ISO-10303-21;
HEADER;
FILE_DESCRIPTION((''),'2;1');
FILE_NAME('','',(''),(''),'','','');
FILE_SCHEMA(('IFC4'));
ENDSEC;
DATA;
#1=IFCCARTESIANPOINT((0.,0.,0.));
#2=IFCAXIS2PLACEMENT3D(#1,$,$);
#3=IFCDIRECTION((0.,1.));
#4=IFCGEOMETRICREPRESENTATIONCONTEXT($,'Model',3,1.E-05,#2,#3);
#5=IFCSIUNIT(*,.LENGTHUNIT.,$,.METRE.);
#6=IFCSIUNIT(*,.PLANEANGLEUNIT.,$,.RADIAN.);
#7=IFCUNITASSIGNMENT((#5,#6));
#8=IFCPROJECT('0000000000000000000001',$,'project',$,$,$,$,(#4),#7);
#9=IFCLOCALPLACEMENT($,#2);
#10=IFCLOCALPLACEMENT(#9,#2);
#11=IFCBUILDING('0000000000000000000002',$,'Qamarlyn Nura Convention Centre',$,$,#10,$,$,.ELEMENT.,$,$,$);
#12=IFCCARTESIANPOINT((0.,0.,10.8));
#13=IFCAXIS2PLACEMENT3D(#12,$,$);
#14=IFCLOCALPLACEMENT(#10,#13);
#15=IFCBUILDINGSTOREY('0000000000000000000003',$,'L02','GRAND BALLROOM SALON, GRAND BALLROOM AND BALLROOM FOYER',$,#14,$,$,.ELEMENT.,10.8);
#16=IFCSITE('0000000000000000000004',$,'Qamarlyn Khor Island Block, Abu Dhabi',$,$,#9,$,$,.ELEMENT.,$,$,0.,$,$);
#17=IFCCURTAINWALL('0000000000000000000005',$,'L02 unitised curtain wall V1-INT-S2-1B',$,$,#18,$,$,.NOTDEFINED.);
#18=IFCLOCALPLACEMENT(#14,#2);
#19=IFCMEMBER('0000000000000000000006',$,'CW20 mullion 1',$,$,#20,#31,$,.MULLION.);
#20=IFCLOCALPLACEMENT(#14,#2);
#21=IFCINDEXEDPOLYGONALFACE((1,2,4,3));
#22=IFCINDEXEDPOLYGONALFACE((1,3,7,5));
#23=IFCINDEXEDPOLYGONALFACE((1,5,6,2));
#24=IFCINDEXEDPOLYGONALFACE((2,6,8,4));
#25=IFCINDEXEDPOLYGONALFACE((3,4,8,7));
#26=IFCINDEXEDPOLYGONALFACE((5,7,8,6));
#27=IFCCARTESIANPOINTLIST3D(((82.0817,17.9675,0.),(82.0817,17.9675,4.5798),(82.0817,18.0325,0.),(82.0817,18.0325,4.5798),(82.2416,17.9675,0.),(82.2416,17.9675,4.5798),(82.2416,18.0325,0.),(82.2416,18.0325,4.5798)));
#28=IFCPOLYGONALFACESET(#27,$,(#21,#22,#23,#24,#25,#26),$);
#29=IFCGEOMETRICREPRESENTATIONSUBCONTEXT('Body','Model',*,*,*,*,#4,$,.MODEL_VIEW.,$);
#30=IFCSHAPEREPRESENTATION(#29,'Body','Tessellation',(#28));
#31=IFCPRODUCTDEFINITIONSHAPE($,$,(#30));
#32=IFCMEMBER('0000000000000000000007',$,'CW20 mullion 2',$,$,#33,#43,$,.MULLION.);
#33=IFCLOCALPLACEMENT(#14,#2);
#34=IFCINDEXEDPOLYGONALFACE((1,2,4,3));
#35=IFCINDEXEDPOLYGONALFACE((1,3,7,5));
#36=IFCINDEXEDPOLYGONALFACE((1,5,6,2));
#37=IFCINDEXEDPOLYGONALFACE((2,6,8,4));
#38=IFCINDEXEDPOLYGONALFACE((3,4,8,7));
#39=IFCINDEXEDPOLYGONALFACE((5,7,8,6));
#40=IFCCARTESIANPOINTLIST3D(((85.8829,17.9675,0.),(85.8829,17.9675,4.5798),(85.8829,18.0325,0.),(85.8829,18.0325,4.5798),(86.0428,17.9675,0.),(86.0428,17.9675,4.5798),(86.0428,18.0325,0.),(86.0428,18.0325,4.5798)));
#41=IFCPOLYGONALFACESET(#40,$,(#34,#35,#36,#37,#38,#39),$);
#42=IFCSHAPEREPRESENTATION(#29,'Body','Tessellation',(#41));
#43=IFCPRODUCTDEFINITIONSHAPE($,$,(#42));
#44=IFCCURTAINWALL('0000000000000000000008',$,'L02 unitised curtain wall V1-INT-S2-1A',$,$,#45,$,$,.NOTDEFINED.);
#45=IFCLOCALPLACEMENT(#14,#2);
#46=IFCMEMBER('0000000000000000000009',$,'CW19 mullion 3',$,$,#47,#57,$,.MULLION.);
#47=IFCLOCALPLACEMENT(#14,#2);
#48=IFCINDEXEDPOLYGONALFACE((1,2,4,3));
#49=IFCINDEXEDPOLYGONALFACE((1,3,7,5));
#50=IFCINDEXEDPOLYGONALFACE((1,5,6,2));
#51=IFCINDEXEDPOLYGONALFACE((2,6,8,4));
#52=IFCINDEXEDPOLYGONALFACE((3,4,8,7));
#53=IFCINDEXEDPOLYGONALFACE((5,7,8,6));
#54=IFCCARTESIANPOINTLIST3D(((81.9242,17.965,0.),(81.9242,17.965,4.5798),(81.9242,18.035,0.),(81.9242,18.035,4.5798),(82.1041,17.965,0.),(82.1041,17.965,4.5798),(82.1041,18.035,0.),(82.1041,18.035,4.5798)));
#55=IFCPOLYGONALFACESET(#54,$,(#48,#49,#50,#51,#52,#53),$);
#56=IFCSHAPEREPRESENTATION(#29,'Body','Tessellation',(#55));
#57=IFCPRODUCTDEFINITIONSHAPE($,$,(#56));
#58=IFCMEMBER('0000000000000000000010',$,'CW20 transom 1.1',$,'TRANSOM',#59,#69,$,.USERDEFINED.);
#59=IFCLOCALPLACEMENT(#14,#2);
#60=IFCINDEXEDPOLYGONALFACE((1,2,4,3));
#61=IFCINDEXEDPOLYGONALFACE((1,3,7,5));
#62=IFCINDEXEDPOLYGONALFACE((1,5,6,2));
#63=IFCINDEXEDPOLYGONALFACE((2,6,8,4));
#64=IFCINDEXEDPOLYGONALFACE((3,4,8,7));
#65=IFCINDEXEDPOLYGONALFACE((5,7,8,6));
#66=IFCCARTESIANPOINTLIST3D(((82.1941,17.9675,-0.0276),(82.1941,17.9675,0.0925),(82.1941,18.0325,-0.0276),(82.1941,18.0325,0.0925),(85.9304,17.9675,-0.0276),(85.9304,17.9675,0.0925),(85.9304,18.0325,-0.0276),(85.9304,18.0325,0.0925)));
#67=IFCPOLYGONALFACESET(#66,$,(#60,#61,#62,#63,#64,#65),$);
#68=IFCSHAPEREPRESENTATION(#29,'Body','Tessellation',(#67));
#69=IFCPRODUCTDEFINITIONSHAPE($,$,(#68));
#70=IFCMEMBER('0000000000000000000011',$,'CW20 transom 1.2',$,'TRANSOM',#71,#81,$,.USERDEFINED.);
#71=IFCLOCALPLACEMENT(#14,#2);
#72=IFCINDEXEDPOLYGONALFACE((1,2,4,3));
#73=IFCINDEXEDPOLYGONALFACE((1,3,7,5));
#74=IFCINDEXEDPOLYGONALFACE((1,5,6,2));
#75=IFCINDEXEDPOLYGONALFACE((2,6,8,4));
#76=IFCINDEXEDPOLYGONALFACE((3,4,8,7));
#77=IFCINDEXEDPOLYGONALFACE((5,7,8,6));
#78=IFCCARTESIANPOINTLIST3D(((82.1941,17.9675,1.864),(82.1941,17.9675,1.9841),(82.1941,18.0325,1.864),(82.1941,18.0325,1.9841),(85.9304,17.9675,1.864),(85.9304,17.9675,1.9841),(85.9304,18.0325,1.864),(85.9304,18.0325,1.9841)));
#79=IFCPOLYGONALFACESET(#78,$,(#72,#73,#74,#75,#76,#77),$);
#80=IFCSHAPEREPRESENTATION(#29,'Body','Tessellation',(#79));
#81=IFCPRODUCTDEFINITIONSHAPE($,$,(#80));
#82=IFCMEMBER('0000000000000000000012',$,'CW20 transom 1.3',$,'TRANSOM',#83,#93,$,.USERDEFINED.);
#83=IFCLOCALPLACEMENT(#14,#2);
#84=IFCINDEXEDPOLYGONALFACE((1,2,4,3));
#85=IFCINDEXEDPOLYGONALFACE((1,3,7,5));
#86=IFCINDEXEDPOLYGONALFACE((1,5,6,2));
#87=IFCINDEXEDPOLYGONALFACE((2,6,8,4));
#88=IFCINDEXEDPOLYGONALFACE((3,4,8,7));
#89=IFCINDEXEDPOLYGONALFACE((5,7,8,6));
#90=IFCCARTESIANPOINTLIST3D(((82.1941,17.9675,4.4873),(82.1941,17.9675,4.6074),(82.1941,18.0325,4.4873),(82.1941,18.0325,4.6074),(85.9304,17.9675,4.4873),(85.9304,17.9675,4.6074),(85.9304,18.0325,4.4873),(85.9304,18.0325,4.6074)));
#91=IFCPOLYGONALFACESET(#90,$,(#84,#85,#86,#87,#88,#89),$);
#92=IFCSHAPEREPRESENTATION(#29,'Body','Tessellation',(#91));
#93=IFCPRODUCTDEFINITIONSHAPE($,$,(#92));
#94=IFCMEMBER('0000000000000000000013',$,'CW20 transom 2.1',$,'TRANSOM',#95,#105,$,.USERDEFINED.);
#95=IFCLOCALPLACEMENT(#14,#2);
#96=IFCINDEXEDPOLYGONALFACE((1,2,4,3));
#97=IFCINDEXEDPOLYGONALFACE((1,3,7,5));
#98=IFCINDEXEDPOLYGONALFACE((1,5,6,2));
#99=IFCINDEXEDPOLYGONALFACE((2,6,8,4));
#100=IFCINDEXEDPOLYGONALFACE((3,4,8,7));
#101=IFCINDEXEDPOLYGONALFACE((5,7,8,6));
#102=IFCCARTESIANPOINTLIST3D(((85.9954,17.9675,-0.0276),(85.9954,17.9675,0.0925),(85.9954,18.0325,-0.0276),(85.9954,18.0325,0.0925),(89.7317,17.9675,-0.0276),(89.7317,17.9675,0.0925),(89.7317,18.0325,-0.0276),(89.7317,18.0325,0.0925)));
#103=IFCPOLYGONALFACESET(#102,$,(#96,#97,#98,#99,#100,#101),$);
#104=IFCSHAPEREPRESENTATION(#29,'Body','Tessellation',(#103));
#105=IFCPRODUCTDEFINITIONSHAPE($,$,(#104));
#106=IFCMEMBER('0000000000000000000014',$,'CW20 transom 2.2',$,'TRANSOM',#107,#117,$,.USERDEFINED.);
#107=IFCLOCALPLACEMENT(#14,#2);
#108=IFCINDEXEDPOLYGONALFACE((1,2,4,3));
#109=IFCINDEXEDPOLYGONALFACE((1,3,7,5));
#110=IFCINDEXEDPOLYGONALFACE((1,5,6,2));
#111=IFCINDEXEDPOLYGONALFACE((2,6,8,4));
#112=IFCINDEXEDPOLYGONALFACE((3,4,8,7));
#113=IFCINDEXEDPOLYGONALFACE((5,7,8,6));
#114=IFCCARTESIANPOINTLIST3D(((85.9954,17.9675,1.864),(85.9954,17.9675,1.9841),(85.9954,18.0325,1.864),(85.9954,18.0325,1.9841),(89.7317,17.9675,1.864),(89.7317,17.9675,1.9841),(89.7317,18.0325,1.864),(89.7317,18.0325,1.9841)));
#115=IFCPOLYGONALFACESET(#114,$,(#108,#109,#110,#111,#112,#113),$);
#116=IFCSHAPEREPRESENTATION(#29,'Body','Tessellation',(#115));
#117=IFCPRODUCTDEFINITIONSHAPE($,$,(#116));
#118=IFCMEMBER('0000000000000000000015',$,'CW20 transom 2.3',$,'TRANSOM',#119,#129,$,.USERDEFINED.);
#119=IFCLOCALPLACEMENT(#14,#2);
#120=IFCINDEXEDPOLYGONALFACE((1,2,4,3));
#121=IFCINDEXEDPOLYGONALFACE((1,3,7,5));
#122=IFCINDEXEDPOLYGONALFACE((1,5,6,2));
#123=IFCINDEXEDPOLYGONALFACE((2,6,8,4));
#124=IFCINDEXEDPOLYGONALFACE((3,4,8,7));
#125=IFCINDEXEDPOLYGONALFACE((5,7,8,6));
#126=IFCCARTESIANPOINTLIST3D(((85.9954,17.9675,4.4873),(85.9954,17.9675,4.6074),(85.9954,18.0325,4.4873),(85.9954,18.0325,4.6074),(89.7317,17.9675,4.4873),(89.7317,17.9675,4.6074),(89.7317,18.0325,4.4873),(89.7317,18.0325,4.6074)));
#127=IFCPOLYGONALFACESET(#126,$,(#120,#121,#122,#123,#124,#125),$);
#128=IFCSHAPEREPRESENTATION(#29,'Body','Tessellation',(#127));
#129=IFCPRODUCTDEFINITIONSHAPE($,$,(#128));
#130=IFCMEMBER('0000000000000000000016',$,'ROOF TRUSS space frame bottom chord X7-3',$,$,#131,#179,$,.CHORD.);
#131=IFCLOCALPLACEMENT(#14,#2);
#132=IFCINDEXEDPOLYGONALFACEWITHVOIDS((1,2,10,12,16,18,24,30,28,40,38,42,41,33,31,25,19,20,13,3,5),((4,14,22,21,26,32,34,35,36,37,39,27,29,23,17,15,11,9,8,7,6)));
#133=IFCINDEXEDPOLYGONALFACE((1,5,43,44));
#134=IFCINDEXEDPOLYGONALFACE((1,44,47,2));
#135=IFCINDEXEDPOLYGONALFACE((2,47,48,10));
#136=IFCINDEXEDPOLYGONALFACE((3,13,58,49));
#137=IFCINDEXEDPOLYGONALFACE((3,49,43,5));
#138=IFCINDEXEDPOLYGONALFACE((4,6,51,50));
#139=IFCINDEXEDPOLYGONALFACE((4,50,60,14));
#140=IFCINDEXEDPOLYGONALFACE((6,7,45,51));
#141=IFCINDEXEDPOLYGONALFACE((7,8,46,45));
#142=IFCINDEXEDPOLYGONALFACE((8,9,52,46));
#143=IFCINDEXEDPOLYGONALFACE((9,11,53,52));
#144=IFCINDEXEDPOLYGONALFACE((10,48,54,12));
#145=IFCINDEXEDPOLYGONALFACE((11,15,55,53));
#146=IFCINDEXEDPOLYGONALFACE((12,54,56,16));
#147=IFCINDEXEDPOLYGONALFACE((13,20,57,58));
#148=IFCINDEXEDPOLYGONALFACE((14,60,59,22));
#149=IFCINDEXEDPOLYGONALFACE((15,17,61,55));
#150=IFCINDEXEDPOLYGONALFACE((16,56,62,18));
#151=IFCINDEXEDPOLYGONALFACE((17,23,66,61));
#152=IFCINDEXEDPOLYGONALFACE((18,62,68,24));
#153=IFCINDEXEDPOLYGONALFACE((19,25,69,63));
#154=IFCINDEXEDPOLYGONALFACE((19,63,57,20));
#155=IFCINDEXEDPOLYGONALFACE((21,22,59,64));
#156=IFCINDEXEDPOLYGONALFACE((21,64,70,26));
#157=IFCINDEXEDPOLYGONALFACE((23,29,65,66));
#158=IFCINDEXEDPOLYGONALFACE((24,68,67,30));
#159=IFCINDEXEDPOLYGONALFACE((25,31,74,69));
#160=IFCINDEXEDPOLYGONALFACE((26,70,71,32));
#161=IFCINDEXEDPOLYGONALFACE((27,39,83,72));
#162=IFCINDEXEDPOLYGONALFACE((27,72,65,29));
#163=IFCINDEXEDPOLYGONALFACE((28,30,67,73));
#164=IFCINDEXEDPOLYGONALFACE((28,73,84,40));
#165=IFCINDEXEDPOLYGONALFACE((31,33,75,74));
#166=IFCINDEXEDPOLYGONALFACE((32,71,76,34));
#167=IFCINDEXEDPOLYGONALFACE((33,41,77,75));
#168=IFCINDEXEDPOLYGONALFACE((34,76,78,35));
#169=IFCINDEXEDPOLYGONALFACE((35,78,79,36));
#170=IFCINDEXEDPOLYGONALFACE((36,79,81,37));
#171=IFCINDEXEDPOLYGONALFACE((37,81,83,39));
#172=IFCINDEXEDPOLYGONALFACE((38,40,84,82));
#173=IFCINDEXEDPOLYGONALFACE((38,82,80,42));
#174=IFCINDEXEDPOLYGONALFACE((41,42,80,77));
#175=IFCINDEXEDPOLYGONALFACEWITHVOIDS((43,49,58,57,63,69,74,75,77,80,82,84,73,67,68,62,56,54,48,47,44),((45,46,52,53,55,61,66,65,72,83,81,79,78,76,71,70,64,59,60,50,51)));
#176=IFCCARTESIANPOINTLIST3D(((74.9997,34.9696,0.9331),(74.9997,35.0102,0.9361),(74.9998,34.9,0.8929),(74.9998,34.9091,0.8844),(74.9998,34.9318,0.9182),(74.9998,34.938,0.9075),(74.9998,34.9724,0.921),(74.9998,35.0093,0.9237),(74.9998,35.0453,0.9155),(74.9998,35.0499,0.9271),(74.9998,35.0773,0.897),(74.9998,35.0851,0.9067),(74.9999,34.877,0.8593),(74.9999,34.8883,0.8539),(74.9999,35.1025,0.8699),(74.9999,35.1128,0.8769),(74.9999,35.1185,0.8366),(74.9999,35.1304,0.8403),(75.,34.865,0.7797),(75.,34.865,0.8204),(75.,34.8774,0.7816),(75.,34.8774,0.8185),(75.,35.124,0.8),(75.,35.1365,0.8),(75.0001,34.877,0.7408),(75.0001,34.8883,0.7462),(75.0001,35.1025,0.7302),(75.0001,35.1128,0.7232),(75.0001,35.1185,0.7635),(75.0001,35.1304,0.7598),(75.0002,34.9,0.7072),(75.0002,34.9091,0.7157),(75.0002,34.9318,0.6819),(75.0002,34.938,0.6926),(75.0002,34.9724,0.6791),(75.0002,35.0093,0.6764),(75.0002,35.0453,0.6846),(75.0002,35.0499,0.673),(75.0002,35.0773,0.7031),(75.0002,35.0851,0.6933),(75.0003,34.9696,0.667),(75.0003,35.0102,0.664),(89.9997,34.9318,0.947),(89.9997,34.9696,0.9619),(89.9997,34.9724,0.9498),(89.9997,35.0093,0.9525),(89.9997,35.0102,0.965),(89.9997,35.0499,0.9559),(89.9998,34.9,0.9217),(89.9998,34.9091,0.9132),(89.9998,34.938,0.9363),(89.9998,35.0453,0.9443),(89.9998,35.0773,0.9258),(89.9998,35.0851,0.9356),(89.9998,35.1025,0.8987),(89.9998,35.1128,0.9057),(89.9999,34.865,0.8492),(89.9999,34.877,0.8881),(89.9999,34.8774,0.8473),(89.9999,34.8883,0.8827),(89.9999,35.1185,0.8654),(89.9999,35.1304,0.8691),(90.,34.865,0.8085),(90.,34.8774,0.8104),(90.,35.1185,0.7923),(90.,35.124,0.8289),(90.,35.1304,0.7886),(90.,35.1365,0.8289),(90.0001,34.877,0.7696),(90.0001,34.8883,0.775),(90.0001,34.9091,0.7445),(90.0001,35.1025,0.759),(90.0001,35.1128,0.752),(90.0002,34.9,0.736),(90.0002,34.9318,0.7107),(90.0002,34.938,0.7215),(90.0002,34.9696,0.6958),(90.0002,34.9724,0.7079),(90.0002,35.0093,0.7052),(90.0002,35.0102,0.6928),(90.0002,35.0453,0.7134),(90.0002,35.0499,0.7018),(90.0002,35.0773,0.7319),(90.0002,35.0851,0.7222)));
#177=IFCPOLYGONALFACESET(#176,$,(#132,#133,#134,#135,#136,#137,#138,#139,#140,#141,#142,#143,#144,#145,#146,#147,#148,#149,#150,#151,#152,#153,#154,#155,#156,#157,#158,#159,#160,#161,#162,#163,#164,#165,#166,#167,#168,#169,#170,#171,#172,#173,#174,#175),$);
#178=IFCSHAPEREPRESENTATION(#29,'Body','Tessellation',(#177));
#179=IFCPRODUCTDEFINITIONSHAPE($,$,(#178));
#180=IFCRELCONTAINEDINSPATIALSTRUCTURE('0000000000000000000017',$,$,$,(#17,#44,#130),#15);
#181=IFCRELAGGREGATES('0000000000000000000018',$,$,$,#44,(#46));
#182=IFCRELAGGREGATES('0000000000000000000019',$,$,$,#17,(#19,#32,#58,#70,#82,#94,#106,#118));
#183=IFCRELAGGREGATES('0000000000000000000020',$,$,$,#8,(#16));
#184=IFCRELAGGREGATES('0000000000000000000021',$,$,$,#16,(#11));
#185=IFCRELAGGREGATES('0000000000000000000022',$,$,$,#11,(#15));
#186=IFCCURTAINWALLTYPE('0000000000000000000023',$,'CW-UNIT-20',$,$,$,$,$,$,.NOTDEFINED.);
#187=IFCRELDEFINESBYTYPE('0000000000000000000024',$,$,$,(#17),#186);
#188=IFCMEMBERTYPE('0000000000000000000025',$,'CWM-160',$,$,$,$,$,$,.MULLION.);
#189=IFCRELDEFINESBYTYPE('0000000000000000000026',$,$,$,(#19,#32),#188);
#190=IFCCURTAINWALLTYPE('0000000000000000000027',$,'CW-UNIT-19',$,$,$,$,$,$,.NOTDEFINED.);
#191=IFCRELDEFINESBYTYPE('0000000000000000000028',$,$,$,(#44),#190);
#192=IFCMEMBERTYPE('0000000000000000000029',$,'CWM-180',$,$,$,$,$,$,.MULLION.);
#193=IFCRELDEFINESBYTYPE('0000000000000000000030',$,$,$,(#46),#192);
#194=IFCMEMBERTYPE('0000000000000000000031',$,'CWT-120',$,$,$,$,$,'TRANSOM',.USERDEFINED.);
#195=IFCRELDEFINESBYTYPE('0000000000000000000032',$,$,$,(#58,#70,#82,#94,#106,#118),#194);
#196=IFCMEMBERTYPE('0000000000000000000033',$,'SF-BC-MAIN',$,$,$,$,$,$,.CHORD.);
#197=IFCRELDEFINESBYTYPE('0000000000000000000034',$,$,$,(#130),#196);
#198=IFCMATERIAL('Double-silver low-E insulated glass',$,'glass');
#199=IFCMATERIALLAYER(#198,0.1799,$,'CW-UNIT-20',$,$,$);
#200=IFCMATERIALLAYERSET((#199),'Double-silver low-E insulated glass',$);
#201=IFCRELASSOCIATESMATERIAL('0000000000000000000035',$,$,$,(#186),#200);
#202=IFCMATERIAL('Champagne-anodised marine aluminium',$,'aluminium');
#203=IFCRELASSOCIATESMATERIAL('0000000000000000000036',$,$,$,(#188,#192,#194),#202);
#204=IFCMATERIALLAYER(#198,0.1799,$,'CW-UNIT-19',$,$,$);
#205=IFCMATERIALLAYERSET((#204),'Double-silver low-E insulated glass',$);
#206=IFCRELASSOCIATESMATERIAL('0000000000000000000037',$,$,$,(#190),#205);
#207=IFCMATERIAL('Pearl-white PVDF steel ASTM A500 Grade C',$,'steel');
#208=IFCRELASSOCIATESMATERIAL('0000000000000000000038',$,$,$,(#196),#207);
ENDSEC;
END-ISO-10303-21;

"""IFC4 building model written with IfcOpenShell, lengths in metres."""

from ifc_helpers import new_model, si_unit, direction, frame, origin, origin_2d, place, context, subcontext, project, spatial, rectangle, hollow_circle, extrude, material, layer, layer_set, material_profile, profile_set, type_object, element, aggregate, save


model = new_model("IFC4")

# Units and contexts
model_context = context("Model", 3, precision=1e-05, world=origin(), true_north=direction((0.0, 1.0)))
body_context = subcontext(model_context, "Body", "Model", "MODEL_VIEW")
ifc_project = project(units=[si_unit("LENGTHUNIT", "METRE"), si_unit("PLANEANGLEUNIT", "RADIAN")], contexts=[model_context])

# Site, building, storey
site_placement = place(None, origin())
site = spatial("IfcSite", under=ifc_project, at=site_placement, Name="Qamarlyn Khor Island Block, Abu Dhabi", CompositionType="ELEMENT", RefElevation=0.0)
building_placement = place(site_placement, origin())
building = spatial("IfcBuilding", under=site, at=building_placement, Name="Qamarlyn Nura Convention Centre", CompositionType="ELEMENT")
storey_placement = place(building_placement, frame((0.0, 0.0, 10.8)))
storey = spatial("IfcBuildingStorey", under=building, at=storey_placement, Name="L02", Description="GRAND BALLROOM SALON, GRAND BALLROOM AND BALLROOM FOYER", CompositionType="ELEMENT", Elevation=10.8)

# Curtain wall, members
ifc_material_1 = material(Name="Double-silver low-E insulated glass", Category="glass")
ifc_layer_1 = layer(ifc_material_1, 0.1799, Name="CW-UNIT-20")
ifc_layer_set_1 = layer_set([ifc_layer_1], Name="Double-silver low-E insulated glass")
curtain_wall_type_1 = type_object("IfcCurtainWallType", Name="CW-UNIT-20", PredefinedType="NOTDEFINED", material=ifc_layer_set_1)
curtain_wall_1_placement = place(storey_placement, origin())
curtain_wall_1 = element("IfcCurtainWall", 1, at=curtain_wall_1_placement, inside=storey, type_object=curtain_wall_type_1, Name="L02 unitised curtain wall V1-INT-S2-1B", PredefinedType="NOTDEFINED")
ifc_material_2 = material(Name="Champagne-anodised marine aluminium", Category="aluminium")
ifc_material_profile_1 = material_profile(ifc_material_2, rectangle(XDim=0.0649, YDim=0.1599, at=origin_2d()), Name="ALU MULLION 65x160")
ifc_profile_set_1 = profile_set([ifc_material_profile_1], Name="Champagne-anodised marine aluminium")
member_type_1 = type_object("IfcMemberType", Name="CWM-160", PredefinedType="MULLION", material=ifc_profile_set_1)
member_1_placement = place(storey_placement, frame((82.1616, 18.0, 0.0), z_axis=(0.0, 0.0, 1.0), x_axis=(0.0, 1.0, 0.0)))
member_1 = element("IfcMember", 2, at=member_1_placement, type_object=member_type_1, Name="CW20 mullion 1", PredefinedType="MULLION", context=body_context, shape_type="SweptSolid", body=[
    extrude(rectangle(XDim=0.0649, YDim=0.1599, at=origin_2d()), origin(), (0.0, 0.0, 1.0), 4.5798),
])
member_2_placement = place(storey_placement, frame((85.9629, 18.0, 0.0), z_axis=(0.0, 0.0, 1.0), x_axis=(0.0, 1.0, 0.0)))
member_2 = element("IfcMember", 3, at=member_2_placement, type_object=member_type_1, Name="CW20 mullion 2", PredefinedType="MULLION", context=body_context, shape_type="SweptSolid", body=[
    extrude(rectangle(XDim=0.0649, YDim=0.1599, at=origin_2d()), origin(), (0.0, 0.0, 1.0), 4.5798),
])

# Curtain wall, member
ifc_layer_2 = layer(ifc_material_1, 0.1799, Name="CW-UNIT-19")
ifc_layer_set_2 = layer_set([ifc_layer_2], Name="Double-silver low-E insulated glass")
curtain_wall_type_2 = type_object("IfcCurtainWallType", Name="CW-UNIT-19", PredefinedType="NOTDEFINED", material=ifc_layer_set_2)
curtain_wall_2_placement = place(storey_placement, origin())
curtain_wall_2 = element("IfcCurtainWall", 4, at=curtain_wall_2_placement, inside=storey, type_object=curtain_wall_type_2, Name="L02 unitised curtain wall V1-INT-S2-1A", PredefinedType="NOTDEFINED")
ifc_material_profile_2 = material_profile(ifc_material_2, rectangle(XDim=0.0701, YDim=0.1799, at=origin_2d()), Name="ALU MULLION 70x180")
ifc_profile_set_2 = profile_set([ifc_material_profile_2], Name="Champagne-anodised marine aluminium")
member_type_2 = type_object("IfcMemberType", Name="CWM-180", PredefinedType="MULLION", material=ifc_profile_set_2)
member_3_placement = place(storey_placement, frame((82.0142, 18.0, 0.0), z_axis=(0.0, 0.0, 1.0), x_axis=(0.0, 1.0, 0.0)))
member_3 = element("IfcMember", 5, at=member_3_placement, type_object=member_type_2, Name="CW19 mullion 3", PredefinedType="MULLION", context=body_context, shape_type="SweptSolid", body=[
    extrude(rectangle(XDim=0.0701, YDim=0.1799, at=origin_2d()), origin(), (0.0, 0.0, 1.0), 4.5798),
])

# Members
ifc_material_profile_3 = material_profile(ifc_material_2, rectangle(XDim=0.0649, YDim=0.1201, at=origin_2d()), Name="ALU TRANSOM 65x120")
ifc_profile_set_3 = profile_set([ifc_material_profile_3], Name="Champagne-anodised marine aluminium")
member_type_3 = type_object("IfcMemberType", Name="CWT-120", ElementType="TRANSOM", PredefinedType="USERDEFINED", material=ifc_profile_set_3)
member_4_placement = place(storey_placement, frame((82.1941, 18.0, 0.0325), z_axis=(1.0, 0.0, 0.0), x_axis=(0.0, 1.0, 0.0)))
member_4 = element("IfcMember", 6, at=member_4_placement, type_object=member_type_3, Name="CW20 transom 1.1", ObjectType="TRANSOM", PredefinedType="USERDEFINED", context=body_context, shape_type="SweptSolid", body=[
    extrude(rectangle(XDim=0.0649, YDim=0.1201, at=origin_2d()), origin(), (0.0, 0.0, 1.0), 3.7363),
])
member_5_placement = place(storey_placement, frame((82.1941, 18.0, 1.9241), z_axis=(1.0, 0.0, 0.0), x_axis=(0.0, 1.0, 0.0)))
member_5 = element("IfcMember", 7, at=member_5_placement, type_object=member_type_3, Name="CW20 transom 1.2", ObjectType="TRANSOM", PredefinedType="USERDEFINED", context=body_context, shape_type="SweptSolid", body=[
    extrude(rectangle(XDim=0.0649, YDim=0.1201, at=origin_2d()), origin(), (0.0, 0.0, 1.0), 3.7363),
])
member_6_placement = place(storey_placement, frame((82.1941, 18.0, 4.5474), z_axis=(1.0, 0.0, 0.0), x_axis=(0.0, 1.0, 0.0)))
member_6 = element("IfcMember", 8, at=member_6_placement, type_object=member_type_3, Name="CW20 transom 1.3", ObjectType="TRANSOM", PredefinedType="USERDEFINED", context=body_context, shape_type="SweptSolid", body=[
    extrude(rectangle(XDim=0.0649, YDim=0.1201, at=origin_2d()), origin(), (0.0, 0.0, 1.0), 3.7363),
])
member_7_placement = place(storey_placement, frame((85.9954, 18.0, 0.0325), z_axis=(1.0, 0.0, 0.0), x_axis=(0.0, 1.0, 0.0)))
member_7 = element("IfcMember", 9, at=member_7_placement, type_object=member_type_3, Name="CW20 transom 2.1", ObjectType="TRANSOM", PredefinedType="USERDEFINED", context=body_context, shape_type="SweptSolid", body=[
    extrude(rectangle(XDim=0.0649, YDim=0.1201, at=origin_2d()), origin(), (0.0, 0.0, 1.0), 3.7363),
])
member_8_placement = place(storey_placement, frame((85.9954, 18.0, 1.9241), z_axis=(1.0, 0.0, 0.0), x_axis=(0.0, 1.0, 0.0)))
member_8 = element("IfcMember", 10, at=member_8_placement, type_object=member_type_3, Name="CW20 transom 2.2", ObjectType="TRANSOM", PredefinedType="USERDEFINED", context=body_context, shape_type="SweptSolid", body=[
    extrude(rectangle(XDim=0.0649, YDim=0.1201, at=origin_2d()), origin(), (0.0, 0.0, 1.0), 3.7363),
])
member_9_placement = place(storey_placement, frame((85.9954, 18.0, 4.5474), z_axis=(1.0, 0.0, 0.0), x_axis=(0.0, 1.0, 0.0)))
member_9 = element("IfcMember", 11, at=member_9_placement, type_object=member_type_3, Name="CW20 transom 2.3", ObjectType="TRANSOM", PredefinedType="USERDEFINED", context=body_context, shape_type="SweptSolid", body=[
    extrude(rectangle(XDim=0.0649, YDim=0.1201, at=origin_2d()), origin(), (0.0, 0.0, 1.0), 3.7363),
])

# Member
ifc_material_3 = material(Name="Pearl-white PVDF steel ASTM A500 Grade C", Category="steel")
ifc_material_profile_4 = material_profile(ifc_material_3, hollow_circle(Radius=0.1365, WallThickness=0.0125, at=origin_2d()), Name="CHS273X12.5")
ifc_profile_set_4 = profile_set([ifc_material_profile_4], Name="Pearl-white PVDF steel ASTM A500 Grade C")
member_type_4 = type_object("IfcMemberType", Name="SF-BC-MAIN", PredefinedType="CHORD", material=ifc_profile_set_4)
member_10_placement = place(storey_placement, frame((75.0, 35.0, 0.8), z_axis=(0.999998, 0.0, 0.001921), x_axis=(0.0, 1.0, 0.0)))
element("IfcMember", 12, at=member_10_placement, inside=storey, type_object=member_type_4, Name="ROOF TRUSS space frame bottom chord X7-3", PredefinedType="CHORD", context=body_context, shape_type="SweptSolid", body=[
    extrude(hollow_circle(Radius=0.1365, WallThickness=0.0125, at=origin_2d()), origin(), (0.0, 0.0, 1.0), 15.0),
])

aggregate(curtain_wall_2, [member_3])
aggregate(curtain_wall_1, [member_1, member_2, member_4, member_5, member_6, member_7, member_8, member_9])

save(model, "model.ifc")
